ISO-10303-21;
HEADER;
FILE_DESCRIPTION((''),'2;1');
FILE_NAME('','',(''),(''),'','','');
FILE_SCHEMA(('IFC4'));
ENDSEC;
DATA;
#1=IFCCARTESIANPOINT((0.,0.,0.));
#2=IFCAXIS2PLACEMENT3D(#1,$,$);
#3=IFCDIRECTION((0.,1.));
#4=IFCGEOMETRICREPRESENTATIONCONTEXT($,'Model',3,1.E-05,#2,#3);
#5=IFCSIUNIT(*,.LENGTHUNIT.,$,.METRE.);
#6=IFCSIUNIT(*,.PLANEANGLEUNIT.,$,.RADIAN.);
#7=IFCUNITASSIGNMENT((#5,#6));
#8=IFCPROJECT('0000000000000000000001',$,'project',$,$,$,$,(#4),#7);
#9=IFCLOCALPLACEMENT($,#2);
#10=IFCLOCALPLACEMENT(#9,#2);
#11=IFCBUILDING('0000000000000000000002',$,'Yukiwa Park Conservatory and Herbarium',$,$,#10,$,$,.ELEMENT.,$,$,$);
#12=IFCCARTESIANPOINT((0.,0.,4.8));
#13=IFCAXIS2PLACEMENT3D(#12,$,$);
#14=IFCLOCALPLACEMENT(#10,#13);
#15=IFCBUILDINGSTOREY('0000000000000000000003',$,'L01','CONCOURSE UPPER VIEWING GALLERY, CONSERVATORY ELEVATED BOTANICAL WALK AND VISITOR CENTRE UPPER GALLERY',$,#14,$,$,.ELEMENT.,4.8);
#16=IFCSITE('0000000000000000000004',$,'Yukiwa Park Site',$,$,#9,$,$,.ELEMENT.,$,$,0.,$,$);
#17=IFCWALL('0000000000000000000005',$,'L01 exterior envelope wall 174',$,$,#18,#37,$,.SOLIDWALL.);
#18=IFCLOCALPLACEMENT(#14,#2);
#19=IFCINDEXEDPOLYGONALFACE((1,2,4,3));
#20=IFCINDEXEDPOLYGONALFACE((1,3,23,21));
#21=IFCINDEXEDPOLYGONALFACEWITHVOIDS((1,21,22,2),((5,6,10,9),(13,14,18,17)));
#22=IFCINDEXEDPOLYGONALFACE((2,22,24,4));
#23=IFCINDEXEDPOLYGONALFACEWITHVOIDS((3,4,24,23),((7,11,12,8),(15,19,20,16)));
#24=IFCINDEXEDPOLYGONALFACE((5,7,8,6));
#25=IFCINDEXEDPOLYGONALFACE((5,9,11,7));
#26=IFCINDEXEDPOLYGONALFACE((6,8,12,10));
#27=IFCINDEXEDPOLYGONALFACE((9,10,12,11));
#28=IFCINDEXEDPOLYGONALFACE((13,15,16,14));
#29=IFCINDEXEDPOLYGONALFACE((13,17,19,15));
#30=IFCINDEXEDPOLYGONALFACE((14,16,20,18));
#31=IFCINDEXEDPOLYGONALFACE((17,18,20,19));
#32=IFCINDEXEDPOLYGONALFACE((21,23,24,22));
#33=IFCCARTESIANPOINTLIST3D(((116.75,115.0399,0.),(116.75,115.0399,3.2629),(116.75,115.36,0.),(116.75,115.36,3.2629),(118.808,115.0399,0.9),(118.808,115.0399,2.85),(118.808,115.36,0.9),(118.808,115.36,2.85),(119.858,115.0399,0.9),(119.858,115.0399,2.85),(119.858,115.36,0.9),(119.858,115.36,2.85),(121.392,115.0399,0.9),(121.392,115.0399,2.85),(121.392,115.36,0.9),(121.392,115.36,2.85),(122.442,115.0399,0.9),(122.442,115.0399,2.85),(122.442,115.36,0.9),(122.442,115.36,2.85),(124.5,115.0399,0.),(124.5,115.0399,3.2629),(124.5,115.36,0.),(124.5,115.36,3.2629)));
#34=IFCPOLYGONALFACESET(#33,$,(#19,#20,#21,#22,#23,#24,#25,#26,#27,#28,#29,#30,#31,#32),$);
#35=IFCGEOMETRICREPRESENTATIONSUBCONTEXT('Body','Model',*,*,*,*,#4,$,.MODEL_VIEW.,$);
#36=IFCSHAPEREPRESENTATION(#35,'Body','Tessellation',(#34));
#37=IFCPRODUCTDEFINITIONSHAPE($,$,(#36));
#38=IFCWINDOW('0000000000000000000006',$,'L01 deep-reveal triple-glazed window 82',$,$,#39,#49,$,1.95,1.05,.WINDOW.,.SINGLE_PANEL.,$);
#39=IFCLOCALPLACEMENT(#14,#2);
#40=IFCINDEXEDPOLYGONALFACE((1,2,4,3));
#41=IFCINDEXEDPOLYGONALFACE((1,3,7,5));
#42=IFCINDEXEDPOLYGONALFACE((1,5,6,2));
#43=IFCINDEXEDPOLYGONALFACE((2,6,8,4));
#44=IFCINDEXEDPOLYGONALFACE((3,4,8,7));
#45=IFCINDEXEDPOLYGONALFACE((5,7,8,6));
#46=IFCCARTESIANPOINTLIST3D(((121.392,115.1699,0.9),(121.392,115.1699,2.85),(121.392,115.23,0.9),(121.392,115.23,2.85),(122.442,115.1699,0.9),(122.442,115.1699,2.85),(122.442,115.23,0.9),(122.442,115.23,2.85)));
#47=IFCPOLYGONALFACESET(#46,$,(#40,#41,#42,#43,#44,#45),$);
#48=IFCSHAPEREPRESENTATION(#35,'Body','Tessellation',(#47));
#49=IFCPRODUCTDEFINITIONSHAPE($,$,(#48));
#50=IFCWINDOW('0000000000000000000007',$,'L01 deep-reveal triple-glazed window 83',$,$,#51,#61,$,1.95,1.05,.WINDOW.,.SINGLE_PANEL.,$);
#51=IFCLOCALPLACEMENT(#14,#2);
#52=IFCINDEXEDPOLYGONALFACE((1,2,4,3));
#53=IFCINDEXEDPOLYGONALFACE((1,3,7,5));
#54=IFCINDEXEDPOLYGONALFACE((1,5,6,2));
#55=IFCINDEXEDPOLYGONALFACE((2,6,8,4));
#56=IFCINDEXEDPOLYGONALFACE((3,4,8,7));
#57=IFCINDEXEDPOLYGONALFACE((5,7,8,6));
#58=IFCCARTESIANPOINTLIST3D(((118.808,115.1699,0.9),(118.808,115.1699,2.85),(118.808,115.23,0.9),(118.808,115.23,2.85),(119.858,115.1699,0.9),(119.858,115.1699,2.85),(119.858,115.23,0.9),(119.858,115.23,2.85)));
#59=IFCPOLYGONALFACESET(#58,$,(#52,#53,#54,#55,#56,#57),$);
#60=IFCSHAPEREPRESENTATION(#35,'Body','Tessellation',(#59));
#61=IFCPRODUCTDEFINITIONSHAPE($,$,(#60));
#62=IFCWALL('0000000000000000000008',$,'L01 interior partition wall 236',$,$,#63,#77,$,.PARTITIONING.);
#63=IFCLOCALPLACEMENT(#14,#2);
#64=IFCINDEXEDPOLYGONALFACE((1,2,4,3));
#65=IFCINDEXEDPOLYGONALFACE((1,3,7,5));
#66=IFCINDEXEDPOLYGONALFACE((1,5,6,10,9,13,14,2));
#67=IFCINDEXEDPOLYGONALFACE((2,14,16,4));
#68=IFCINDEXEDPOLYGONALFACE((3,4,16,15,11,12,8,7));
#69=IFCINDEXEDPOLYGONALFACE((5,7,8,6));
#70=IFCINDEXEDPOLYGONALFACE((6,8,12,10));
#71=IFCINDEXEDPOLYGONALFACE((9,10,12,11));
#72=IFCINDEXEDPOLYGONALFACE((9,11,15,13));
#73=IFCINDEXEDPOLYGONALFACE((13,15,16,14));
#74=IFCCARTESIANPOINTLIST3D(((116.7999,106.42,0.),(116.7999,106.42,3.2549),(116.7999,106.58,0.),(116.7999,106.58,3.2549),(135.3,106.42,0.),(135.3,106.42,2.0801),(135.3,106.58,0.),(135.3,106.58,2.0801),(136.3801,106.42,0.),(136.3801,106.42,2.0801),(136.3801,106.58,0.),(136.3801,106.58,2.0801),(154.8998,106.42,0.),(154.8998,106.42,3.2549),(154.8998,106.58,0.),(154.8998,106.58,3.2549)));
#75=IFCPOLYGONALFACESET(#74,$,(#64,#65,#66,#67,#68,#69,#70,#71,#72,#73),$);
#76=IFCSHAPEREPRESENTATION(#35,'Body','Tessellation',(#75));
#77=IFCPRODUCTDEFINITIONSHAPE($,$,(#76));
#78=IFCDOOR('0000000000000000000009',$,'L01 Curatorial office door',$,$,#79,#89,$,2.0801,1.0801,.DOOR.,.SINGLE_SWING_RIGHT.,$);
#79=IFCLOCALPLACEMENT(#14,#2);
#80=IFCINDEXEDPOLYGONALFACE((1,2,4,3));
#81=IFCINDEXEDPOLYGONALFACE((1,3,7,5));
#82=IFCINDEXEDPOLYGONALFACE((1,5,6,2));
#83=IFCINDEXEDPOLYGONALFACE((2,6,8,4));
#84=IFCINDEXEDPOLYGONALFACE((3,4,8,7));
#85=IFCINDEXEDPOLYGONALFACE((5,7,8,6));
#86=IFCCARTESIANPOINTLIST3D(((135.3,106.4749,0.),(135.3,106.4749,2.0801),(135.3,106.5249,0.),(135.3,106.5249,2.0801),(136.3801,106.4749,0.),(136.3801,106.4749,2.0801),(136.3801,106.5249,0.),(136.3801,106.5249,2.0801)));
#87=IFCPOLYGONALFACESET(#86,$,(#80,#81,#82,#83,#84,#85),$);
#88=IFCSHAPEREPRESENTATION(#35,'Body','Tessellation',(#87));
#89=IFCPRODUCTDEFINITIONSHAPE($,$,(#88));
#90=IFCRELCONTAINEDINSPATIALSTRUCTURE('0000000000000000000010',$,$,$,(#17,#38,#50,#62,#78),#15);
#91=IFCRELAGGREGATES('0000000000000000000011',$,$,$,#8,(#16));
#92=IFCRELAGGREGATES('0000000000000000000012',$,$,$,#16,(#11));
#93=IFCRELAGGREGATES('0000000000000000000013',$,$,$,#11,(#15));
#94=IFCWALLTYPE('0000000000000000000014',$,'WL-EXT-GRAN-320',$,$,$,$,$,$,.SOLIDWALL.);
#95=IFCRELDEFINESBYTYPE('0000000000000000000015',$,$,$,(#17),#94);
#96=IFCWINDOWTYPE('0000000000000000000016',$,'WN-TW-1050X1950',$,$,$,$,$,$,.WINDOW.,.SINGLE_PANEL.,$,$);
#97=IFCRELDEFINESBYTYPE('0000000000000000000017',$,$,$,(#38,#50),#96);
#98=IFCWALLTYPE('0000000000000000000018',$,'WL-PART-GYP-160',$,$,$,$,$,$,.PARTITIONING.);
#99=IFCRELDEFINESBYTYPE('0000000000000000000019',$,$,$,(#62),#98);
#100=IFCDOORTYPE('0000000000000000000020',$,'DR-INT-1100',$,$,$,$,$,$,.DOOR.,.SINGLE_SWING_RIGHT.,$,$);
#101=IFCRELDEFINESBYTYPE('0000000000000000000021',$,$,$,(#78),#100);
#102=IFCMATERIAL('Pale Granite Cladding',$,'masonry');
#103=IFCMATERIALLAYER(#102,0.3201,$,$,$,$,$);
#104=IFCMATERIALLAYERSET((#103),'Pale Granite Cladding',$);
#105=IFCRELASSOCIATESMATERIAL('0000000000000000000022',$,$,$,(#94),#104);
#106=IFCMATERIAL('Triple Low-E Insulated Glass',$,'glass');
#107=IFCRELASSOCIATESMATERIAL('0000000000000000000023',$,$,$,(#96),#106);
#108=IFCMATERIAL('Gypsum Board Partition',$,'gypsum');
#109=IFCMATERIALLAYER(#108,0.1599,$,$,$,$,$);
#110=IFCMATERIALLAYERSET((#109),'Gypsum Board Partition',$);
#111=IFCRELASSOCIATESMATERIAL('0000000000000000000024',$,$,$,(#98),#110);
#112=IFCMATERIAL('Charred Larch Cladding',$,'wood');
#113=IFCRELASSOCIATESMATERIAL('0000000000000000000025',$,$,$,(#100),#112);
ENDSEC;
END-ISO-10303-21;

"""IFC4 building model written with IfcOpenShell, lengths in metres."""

from ifc_helpers import new_model, si_unit, direction, frame, frame_2d, origin, place, context, subcontext, project, spatial, rectangle, extrude, material, layer, layer_set, type_object, element, fill, save


model = new_model("IFC4")

# Units and contexts
model_context = context("Model", 3, precision=1e-05, world=origin(), true_north=direction((0.0, 1.0)))
body_context = subcontext(model_context, "Body", "Model", "MODEL_VIEW")
ifc_project = project(units=[si_unit("LENGTHUNIT", "METRE"), si_unit("PLANEANGLEUNIT", "RADIAN")], contexts=[model_context])

# Site, building, storey
site_placement = place(None, origin())
site = spatial("IfcSite", under=ifc_project, at=site_placement, Name="Yukiwa Park Site", CompositionType="ELEMENT", RefElevation=0.0)
building_placement = place(site_placement, origin())
building = spatial("IfcBuilding", under=site, at=building_placement, Name="Yukiwa Park Conservatory and Herbarium", CompositionType="ELEMENT")
storey_placement = place(building_placement, frame((0.0, 0.0, 4.8)))
storey = spatial("IfcBuildingStorey", under=building, at=storey_placement, Name="L01", Description="CONCOURSE UPPER VIEWING GALLERY, CONSERVATORY ELEVATED BOTANICAL WALK AND VISITOR CENTRE UPPER GALLERY", CompositionType="ELEMENT", Elevation=4.8)

# Wall, openings, windows
ifc_material_1 = material(Name="Pale Granite Cladding", Category="masonry")
ifc_layer_1 = layer(ifc_material_1, 0.3201)
ifc_layer_set_1 = layer_set([ifc_layer_1], Name="Pale Granite Cladding")
wall_type_1 = type_object("IfcWallType", Name="WL-EXT-GRAN-320", PredefinedType="SOLIDWALL", material=ifc_layer_set_1)
wall_1_placement = place(storey_placement, frame((124.5, 115.2, 0.0), z_axis=(0.0, 0.0, 1.0), x_axis=(-1.0, 0.0, 0.0)))
wall_1 = element("IfcWall", 1, at=wall_1_placement, inside=storey, type_object=wall_type_1, Name="L01 exterior envelope wall 174", PredefinedType="SOLIDWALL", context=body_context, shape_type="SweptSolid", body=[
    extrude(rectangle(XDim=7.75, YDim=0.3201, at=frame_2d((3.875, 0.0))), origin(), (0.0, 0.0, 1.0), 3.2629),
])
opening_1_placement = place(wall_1_placement, frame((2.0581, 0.0, 0.8999)))
opening_1 = element("IfcOpeningElement", 2, at=opening_1_placement, cuts=wall_1, PredefinedType="OPENING", context=body_context, shape_type="SweptSolid", body=[
    extrude(rectangle(XDim=1.05, YDim=1.95, at=frame_2d((0.5249, 0.9751))), frame((0.0, 0.1699, 0.0), z_axis=(0.0, -1.0, 0.0), x_axis=(1.0, 0.0, 0.0)), (0.0, 0.0, 1.0), 0.3401),
])
opening_2_placement = place(wall_1_placement, frame((4.6421, 0.0, 0.8999)))
opening_2 = element("IfcOpeningElement", 3, at=opening_2_placement, cuts=wall_1, PredefinedType="OPENING", context=body_context, shape_type="SweptSolid", body=[
    extrude(rectangle(XDim=1.05, YDim=1.95, at=frame_2d((0.5249, 0.9751))), frame((0.0, 0.1699, 0.0), z_axis=(0.0, -1.0, 0.0), x_axis=(1.0, 0.0, 0.0)), (0.0, 0.0, 1.0), 0.3401),
])
ifc_material_2 = material(Name="Triple Low-E Insulated Glass", Category="glass")
window_type_1 = type_object("IfcWindowType", Name="WN-TW-1050X1950", PartitioningType="SINGLE_PANEL", PredefinedType="WINDOW", material=ifc_material_2)
window_1_placement = place(opening_1_placement, origin())
window_1 = element("IfcWindow", 4, at=window_1_placement, inside=storey, type_object=window_type_1, Name="L01 deep-reveal triple-glazed window 82", OverallHeight=1.95, OverallWidth=1.05, PartitioningType="SINGLE_PANEL", PredefinedType="WINDOW", context=body_context, shape_type="SweptSolid", body=[
    extrude(rectangle(XDim=1.05, YDim=1.95, at=frame_2d((0.5249, 0.9751))), frame((0.0, 0.03, 0.0), z_axis=(0.0, -1.0, 0.0), x_axis=(1.0, 0.0, 0.0)), (0.0, 0.0, 1.0), 0.0601),
])
fill(opening_1, window_1)
window_2_placement = place(opening_2_placement, origin())
window_2 = element("IfcWindow", 5, at=window_2_placement, inside=storey, type_object=window_type_1, Name="L01 deep-reveal triple-glazed window 83", OverallHeight=1.95, OverallWidth=1.05, PartitioningType="SINGLE_PANEL", PredefinedType="WINDOW", context=body_context, shape_type="SweptSolid", body=[
    extrude(rectangle(XDim=1.05, YDim=1.95, at=frame_2d((0.5249, 0.9751))), frame((0.0, 0.03, 0.0), z_axis=(0.0, -1.0, 0.0), x_axis=(1.0, 0.0, 0.0)), (0.0, 0.0, 1.0), 0.0601),
])
fill(opening_2, window_2)

# Wall, opening, door
ifc_material_3 = material(Name="Gypsum Board Partition", Category="gypsum")
ifc_layer_2 = layer(ifc_material_3, 0.1599)
ifc_layer_set_2 = layer_set([ifc_layer_2], Name="Gypsum Board Partition")
wall_type_2 = type_object("IfcWallType", Name="WL-PART-GYP-160", PredefinedType="PARTITIONING", material=ifc_layer_set_2)
wall_2_placement = place(storey_placement, frame((116.8, 106.5, 0.0), z_axis=(0.0, 0.0, 1.0), x_axis=(1.0, 0.0, 0.0)))
wall_2 = element("IfcWall", 6, at=wall_2_placement, inside=storey, type_object=wall_type_2, Name="L01 interior partition wall 236", PredefinedType="PARTITIONING", context=body_context, shape_type="SweptSolid", body=[
    extrude(rectangle(XDim=38.0999, YDim=0.1599, at=frame_2d((19.0498, 0.0))), origin(), (0.0, 0.0, 1.0), 3.2549),
])
opening_3_placement = place(wall_2_placement, frame((18.5, 0.0, 0.0)))
opening_3 = element("IfcOpeningElement", 7, at=opening_3_placement, cuts=wall_2, PredefinedType="OPENING", context=body_context, shape_type="SweptSolid", body=[
    extrude(rectangle(XDim=1.0801, YDim=2.0801, at=frame_2d((0.54, 1.04))), frame((0.0, 0.0898, 0.0), z_axis=(0.0, -1.0, 0.0), x_axis=(1.0, 0.0, 0.0)), (0.0, 0.0, 1.0), 0.1799),
])
ifc_material_4 = material(Name="Charred Larch Cladding", Category="wood")
door_type = type_object("IfcDoorType", Name="DR-INT-1100", OperationType="SINGLE_SWING_RIGHT", PredefinedType="DOOR", material=ifc_material_4)
door_placement = place(opening_3_placement, origin())
door = element("IfcDoor", 8, at=door_placement, inside=storey, type_object=door_type, Name="L01 Curatorial office door", OperationType="SINGLE_SWING_RIGHT", OverallHeight=2.0801, OverallWidth=1.0801, PredefinedType="DOOR", context=body_context, shape_type="SweptSolid", body=[
    extrude(rectangle(XDim=1.0801, YDim=2.0801, at=frame_2d((0.54, 1.04))), frame((0.0, 0.0249, 0.0), z_axis=(0.0, -1.0, 0.0), x_axis=(1.0, 0.0, 0.0)), (0.0, 0.0, 1.0), 0.05),
])
fill(opening_3, door)

save(model, "model.ifc")
